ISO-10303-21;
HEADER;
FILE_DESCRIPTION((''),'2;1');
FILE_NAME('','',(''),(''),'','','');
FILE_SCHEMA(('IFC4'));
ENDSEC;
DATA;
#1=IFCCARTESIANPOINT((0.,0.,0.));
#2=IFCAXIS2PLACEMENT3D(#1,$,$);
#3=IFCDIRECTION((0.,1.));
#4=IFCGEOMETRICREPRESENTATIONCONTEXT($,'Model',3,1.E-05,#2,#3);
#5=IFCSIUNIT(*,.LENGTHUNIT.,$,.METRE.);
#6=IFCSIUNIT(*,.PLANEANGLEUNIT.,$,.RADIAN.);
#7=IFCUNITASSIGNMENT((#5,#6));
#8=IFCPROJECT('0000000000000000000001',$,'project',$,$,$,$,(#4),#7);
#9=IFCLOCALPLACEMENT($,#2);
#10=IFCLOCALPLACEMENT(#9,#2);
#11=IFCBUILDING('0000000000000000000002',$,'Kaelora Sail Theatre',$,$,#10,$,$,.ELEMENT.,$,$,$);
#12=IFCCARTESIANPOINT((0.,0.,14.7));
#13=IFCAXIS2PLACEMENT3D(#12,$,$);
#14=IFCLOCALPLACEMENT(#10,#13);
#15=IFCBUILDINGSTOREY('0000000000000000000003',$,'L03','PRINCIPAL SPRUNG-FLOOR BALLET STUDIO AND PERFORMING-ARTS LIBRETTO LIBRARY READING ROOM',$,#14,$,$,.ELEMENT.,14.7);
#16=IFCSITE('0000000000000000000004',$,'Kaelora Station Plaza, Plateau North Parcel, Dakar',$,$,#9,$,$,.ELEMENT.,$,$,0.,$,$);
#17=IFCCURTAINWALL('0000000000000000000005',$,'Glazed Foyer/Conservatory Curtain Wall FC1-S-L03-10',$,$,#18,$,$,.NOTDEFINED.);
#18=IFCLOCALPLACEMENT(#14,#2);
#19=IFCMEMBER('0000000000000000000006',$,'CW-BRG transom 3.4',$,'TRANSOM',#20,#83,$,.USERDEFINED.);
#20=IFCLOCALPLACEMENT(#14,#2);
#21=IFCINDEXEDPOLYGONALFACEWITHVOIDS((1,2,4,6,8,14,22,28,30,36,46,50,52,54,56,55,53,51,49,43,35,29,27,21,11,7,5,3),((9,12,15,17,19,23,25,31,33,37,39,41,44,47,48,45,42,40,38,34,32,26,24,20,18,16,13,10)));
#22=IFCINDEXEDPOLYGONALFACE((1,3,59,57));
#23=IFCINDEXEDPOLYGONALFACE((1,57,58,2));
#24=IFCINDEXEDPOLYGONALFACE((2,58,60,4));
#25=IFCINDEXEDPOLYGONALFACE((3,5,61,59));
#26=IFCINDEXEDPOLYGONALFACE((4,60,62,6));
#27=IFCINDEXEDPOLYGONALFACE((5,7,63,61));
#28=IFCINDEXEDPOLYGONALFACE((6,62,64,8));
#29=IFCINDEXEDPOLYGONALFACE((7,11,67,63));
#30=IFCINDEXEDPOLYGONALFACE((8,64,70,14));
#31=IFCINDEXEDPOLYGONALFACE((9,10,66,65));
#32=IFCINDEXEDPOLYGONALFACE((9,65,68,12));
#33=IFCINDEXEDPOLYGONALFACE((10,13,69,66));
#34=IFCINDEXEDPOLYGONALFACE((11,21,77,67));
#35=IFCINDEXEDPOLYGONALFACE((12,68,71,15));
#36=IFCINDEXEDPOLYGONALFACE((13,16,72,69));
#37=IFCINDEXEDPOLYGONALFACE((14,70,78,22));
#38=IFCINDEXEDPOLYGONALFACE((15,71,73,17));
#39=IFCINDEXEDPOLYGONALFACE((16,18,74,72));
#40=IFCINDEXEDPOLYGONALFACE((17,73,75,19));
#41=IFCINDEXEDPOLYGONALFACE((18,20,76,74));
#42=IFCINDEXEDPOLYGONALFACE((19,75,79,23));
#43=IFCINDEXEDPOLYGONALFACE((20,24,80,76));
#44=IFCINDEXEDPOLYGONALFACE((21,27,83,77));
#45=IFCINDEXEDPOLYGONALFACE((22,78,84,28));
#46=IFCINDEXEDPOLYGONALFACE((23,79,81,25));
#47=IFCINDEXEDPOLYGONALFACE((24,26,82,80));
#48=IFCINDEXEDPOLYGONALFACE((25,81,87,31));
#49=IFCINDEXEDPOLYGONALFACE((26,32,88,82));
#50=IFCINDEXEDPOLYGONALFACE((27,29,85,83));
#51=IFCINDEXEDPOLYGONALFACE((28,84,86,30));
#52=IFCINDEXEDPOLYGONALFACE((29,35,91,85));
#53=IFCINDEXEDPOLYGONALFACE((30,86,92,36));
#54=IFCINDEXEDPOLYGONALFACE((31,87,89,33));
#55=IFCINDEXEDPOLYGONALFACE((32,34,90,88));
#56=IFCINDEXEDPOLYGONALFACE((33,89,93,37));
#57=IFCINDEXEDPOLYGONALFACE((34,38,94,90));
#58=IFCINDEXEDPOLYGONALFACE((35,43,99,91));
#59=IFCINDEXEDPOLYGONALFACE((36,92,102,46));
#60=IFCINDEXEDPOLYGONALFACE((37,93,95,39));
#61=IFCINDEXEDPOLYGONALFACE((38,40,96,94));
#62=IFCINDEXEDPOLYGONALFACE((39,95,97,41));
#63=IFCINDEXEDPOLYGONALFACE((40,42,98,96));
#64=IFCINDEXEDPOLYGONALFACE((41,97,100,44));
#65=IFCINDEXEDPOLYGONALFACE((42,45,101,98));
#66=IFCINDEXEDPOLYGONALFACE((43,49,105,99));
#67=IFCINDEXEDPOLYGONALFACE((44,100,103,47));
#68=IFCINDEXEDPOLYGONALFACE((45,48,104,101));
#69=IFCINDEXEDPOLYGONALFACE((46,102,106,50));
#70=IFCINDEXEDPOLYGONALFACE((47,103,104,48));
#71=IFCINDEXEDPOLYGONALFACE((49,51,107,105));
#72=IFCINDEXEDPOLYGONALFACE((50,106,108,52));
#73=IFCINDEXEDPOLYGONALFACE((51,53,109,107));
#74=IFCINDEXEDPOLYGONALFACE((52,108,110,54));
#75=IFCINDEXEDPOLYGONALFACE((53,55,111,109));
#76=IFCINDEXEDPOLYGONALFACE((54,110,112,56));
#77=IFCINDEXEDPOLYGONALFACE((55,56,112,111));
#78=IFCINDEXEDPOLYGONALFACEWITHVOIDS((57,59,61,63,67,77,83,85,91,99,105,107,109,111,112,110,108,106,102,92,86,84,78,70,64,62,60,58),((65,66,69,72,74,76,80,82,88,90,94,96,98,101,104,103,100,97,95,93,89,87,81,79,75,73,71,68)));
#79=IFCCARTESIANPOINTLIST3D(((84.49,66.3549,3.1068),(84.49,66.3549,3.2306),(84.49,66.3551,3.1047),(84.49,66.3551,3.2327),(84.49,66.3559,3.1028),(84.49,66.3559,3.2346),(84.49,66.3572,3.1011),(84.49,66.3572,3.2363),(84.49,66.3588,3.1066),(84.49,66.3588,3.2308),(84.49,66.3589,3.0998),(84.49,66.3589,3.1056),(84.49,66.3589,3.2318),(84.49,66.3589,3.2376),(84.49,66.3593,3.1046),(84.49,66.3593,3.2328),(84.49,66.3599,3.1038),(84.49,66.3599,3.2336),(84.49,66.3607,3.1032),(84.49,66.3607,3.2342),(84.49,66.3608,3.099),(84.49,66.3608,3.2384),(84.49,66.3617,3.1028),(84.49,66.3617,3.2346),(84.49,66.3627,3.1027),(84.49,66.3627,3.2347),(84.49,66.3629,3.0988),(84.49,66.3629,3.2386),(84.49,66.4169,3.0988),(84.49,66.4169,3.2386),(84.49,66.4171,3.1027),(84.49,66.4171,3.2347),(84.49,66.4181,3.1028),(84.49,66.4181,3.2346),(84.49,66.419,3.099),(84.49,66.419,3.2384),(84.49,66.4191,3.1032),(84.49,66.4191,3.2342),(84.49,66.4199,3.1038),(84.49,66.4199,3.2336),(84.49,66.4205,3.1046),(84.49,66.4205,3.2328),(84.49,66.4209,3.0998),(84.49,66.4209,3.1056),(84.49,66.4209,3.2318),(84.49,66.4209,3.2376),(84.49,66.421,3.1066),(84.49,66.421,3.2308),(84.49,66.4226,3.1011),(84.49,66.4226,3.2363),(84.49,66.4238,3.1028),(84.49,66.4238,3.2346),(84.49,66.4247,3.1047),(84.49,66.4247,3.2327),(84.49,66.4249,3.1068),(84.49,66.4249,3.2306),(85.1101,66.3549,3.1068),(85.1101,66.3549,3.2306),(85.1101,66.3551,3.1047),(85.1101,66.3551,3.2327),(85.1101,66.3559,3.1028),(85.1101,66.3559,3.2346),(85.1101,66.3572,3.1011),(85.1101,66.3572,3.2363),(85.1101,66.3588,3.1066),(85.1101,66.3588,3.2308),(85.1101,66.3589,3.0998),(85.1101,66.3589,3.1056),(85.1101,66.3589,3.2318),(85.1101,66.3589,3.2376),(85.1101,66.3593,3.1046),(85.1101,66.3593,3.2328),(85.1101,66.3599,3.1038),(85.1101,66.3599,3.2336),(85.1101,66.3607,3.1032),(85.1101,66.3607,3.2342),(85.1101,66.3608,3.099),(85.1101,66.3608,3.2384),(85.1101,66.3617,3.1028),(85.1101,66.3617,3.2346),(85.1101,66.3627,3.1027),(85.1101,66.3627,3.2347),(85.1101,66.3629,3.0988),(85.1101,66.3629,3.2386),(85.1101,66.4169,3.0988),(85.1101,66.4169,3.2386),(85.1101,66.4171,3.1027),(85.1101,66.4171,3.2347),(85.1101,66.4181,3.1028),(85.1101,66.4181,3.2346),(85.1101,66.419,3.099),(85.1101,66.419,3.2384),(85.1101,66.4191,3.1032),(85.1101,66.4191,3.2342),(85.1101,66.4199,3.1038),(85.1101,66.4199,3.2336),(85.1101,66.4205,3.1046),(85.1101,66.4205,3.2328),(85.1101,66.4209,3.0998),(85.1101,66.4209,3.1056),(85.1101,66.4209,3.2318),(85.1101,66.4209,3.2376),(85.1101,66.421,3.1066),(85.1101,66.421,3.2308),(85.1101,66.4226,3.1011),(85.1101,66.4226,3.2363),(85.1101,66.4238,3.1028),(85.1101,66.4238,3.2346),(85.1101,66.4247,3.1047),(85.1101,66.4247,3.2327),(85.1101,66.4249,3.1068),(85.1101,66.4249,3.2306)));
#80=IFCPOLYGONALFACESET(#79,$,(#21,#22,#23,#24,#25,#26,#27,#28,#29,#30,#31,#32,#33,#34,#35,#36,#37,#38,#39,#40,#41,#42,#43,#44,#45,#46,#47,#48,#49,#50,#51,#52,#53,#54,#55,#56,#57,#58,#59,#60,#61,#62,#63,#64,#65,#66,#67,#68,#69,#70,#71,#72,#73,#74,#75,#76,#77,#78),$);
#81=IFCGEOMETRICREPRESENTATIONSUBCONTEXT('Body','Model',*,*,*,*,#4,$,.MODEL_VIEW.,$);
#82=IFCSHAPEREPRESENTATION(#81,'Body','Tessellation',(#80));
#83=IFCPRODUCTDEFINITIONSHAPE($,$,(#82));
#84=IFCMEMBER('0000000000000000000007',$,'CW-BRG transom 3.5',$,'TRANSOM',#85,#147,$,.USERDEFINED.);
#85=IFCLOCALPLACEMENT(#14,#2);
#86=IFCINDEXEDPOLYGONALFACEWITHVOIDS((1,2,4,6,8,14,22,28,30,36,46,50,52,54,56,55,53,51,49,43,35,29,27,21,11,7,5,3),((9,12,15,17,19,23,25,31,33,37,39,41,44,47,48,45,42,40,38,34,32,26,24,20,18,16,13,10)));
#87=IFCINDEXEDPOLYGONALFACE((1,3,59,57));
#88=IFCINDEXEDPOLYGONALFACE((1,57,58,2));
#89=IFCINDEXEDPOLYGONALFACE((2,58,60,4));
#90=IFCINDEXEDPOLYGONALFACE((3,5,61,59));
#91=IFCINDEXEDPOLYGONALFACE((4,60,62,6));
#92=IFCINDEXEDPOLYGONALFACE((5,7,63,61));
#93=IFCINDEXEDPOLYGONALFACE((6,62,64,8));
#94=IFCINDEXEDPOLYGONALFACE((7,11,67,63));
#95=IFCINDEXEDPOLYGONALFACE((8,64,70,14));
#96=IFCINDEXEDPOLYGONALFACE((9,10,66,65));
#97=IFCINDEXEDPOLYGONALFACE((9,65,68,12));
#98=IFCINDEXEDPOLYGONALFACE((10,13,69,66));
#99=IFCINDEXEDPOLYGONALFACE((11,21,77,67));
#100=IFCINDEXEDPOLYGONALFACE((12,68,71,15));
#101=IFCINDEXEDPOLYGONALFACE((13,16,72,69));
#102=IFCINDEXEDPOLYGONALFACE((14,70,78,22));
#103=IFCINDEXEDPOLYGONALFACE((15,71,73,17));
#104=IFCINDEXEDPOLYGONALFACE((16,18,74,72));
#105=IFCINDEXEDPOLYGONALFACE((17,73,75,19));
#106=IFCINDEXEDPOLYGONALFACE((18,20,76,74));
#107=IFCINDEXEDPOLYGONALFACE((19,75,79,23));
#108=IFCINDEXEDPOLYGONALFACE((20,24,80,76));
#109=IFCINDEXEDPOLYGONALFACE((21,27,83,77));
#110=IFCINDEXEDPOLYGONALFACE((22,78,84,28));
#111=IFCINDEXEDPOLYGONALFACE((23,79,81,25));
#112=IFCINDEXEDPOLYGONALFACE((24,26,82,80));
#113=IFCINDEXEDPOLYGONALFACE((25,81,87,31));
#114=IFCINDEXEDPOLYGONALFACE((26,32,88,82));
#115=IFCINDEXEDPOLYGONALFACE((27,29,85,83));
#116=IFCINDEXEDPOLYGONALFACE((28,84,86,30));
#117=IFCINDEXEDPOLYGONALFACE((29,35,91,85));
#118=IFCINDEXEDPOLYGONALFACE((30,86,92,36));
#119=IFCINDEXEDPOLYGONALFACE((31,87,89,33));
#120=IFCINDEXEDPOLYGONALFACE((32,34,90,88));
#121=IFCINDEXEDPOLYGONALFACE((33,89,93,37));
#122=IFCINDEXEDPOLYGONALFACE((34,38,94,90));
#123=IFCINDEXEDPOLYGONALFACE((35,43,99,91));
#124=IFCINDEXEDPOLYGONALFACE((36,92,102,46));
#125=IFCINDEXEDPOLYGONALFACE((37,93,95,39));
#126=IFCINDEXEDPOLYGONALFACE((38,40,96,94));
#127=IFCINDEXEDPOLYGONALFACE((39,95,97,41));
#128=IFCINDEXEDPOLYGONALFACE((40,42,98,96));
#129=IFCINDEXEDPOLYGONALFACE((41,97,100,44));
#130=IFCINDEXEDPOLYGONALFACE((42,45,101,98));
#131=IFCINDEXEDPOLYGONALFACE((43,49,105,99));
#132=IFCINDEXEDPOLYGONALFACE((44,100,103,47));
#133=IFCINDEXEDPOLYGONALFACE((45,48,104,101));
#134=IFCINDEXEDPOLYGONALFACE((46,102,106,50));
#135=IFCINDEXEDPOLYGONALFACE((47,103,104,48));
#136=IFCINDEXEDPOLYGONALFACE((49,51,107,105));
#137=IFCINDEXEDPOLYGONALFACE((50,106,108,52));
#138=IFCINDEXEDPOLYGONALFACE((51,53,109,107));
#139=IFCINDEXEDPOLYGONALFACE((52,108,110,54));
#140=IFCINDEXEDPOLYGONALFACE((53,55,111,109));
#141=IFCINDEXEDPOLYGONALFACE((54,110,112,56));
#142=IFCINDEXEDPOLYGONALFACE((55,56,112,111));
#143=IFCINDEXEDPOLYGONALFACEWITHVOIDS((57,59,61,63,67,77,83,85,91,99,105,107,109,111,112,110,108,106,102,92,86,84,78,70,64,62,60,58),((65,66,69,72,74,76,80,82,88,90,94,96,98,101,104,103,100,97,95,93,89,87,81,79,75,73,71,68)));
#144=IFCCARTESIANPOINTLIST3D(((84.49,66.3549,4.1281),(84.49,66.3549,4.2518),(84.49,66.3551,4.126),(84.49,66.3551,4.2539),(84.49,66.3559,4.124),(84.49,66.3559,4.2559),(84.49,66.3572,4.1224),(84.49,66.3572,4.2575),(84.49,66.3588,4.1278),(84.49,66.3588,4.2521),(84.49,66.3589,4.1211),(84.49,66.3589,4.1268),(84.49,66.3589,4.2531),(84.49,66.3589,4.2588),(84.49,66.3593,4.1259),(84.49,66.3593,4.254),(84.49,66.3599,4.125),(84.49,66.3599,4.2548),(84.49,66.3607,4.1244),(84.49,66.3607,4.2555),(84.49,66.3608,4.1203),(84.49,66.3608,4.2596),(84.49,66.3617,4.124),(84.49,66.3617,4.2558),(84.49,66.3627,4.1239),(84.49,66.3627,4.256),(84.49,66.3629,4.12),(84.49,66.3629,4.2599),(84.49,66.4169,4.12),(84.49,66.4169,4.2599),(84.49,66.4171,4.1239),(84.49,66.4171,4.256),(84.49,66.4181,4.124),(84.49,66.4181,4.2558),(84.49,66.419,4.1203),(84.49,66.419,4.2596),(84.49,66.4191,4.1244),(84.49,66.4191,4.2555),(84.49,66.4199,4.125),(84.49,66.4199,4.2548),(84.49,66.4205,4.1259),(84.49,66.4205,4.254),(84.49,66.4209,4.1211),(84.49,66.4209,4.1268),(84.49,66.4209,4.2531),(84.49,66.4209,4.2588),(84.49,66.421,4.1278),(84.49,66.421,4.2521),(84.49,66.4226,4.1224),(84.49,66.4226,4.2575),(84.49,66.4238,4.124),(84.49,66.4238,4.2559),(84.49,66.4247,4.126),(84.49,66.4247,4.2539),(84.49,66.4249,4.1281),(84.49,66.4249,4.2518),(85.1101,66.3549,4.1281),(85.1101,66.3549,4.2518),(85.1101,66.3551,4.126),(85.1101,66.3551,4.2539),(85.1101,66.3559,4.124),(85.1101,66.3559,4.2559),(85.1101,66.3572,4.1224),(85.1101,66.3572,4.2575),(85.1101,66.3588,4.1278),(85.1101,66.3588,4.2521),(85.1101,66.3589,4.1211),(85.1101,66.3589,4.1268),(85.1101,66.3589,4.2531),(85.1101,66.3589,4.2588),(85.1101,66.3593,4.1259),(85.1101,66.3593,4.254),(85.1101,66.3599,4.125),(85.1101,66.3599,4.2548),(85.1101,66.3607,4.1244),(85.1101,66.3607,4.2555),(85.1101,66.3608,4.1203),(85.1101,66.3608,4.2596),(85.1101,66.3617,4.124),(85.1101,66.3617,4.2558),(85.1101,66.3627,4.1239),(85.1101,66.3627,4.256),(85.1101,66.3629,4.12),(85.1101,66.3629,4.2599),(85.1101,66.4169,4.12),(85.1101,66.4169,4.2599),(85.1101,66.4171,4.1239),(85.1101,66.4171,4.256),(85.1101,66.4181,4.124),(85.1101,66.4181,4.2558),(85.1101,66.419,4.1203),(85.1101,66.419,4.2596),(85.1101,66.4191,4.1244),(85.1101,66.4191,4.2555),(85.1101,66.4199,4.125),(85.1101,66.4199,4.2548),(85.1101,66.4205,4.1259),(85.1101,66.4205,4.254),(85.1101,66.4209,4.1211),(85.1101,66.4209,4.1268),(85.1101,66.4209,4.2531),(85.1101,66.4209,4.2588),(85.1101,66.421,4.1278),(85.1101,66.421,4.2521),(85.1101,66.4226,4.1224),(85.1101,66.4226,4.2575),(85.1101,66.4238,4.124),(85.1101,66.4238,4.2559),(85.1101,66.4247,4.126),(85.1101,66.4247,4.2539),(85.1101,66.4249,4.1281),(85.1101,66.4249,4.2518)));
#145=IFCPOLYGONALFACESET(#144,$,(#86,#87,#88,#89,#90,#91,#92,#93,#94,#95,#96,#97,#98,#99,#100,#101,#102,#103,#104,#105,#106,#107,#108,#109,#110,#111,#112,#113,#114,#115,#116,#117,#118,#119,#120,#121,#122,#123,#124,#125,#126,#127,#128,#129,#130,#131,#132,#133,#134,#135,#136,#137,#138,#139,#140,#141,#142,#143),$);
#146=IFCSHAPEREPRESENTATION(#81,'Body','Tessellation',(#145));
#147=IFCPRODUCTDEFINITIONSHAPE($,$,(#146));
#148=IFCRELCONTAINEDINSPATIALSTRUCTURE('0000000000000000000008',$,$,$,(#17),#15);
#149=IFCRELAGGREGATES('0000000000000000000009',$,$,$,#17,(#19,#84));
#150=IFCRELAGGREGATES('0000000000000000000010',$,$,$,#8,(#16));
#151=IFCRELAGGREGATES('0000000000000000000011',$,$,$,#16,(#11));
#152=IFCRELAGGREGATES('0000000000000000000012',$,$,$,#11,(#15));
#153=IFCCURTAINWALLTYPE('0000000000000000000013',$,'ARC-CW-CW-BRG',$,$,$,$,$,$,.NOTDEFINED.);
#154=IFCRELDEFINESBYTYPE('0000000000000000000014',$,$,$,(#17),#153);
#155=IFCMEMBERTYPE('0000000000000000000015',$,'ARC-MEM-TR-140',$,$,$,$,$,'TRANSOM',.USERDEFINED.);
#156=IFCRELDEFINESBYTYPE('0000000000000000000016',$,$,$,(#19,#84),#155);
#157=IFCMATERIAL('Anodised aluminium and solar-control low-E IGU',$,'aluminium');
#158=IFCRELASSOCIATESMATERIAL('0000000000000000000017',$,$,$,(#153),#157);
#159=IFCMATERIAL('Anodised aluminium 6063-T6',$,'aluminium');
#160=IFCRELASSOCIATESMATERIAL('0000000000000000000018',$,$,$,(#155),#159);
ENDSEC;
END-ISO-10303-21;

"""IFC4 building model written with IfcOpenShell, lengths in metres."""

from ifc_helpers import new_model, si_unit, direction, frame, origin, origin_2d, place, context, subcontext, project, spatial, hollow_rectangle, extrude, material, material_profile, profile_set, type_object, element, aggregate, save


model = new_model("IFC4")

# Units and contexts
model_context = context("Model", 3, precision=1e-05, world=origin(), true_north=direction((0.0, 1.0)))
body_context = subcontext(model_context, "Body", "Model", "MODEL_VIEW")
ifc_project = project(units=[si_unit("LENGTHUNIT", "METRE"), si_unit("PLANEANGLEUNIT", "RADIAN")], contexts=[model_context])

# Site, building, storey
site_placement = place(None, origin())
site = spatial("IfcSite", under=ifc_project, at=site_placement, Name="Kaelora Station Plaza, Plateau North Parcel, Dakar", CompositionType="ELEMENT", RefElevation=0.0)
building_placement = place(site_placement, origin())
building = spatial("IfcBuilding", under=site, at=building_placement, Name="Kaelora Sail Theatre", CompositionType="ELEMENT")
storey_placement = place(building_placement, frame((0.0, 0.0, 14.7)))
storey = spatial("IfcBuildingStorey", under=building, at=storey_placement, Name="L03", Description="PRINCIPAL SPRUNG-FLOOR BALLET STUDIO AND PERFORMING-ARTS LIBRETTO LIBRARY READING ROOM", CompositionType="ELEMENT", Elevation=14.7)

# Curtain wall, members
ifc_material_1 = material(Name="Anodised aluminium and solar-control low-E IGU", Category="aluminium")
curtain_wall_type = type_object("IfcCurtainWallType", Name="ARC-CW-CW-BRG", PredefinedType="NOTDEFINED", material=ifc_material_1)
curtain_wall_placement = place(storey_placement, origin())
curtain_wall = element("IfcCurtainWall", 1, at=curtain_wall_placement, inside=storey, type_object=curtain_wall_type, Name="Glazed Foyer/Conservatory Curtain Wall FC1-S-L03-10", PredefinedType="NOTDEFINED")
ifc_material_2 = material(Name="Anodised aluminium 6063-T6", Category="aluminium")
ifc_material_profile_1 = material_profile(ifc_material_2, hollow_rectangle(XDim=0.0701, YDim=0.1399, WallThickness=0.0039, InnerFilletRadius=0.0039, OuterFilletRadius=0.0081, at=origin_2d()), Name="ALU-TRAN 70x140x4")
ifc_profile_set_1 = profile_set([ifc_material_profile_1], Name="Anodised aluminium 6063-T6")
member_type_1 = type_object("IfcMemberType", Name="ARC-MEM-TR-140", ElementType="TRANSOM", PredefinedType="USERDEFINED", material=ifc_profile_set_1)
member_1_placement = place(storey_placement, frame((84.49, 66.3899, 3.1687), z_axis=(1.0, 0.0, 0.0), x_axis=(0.0, 1.0, 0.0)))
member_1 = element("IfcMember", 2, at=member_1_placement, type_object=member_type_1, Name="CW-BRG transom 3.4", ObjectType="TRANSOM", PredefinedType="USERDEFINED", context=body_context, shape_type="SweptSolid", body=[
    extrude(hollow_rectangle(XDim=0.0701, YDim=0.1399, WallThickness=0.0039, InnerFilletRadius=0.0039, OuterFilletRadius=0.0081, at=origin_2d()), origin(), (0.0, 0.0, 1.0), 0.6201),
])
member_2_placement = place(storey_placement, frame((84.49, 66.3899, 4.1899), z_axis=(1.0, 0.0, 0.0), x_axis=(0.0, 1.0, 0.0)))
member_2 = element("IfcMember", 3, at=member_2_placement, type_object=member_type_1, Name="CW-BRG transom 3.5", ObjectType="TRANSOM", PredefinedType="USERDEFINED", context=body_context, shape_type="SweptSolid", body=[
    extrude(hollow_rectangle(XDim=0.0701, YDim=0.1399, WallThickness=0.0039, InnerFilletRadius=0.0039, OuterFilletRadius=0.0081, at=origin_2d()), origin(), (0.0, 0.0, 1.0), 0.6201),
])
aggregate(curtain_wall, [member_1, member_2])

save(model, "model.ifc")
